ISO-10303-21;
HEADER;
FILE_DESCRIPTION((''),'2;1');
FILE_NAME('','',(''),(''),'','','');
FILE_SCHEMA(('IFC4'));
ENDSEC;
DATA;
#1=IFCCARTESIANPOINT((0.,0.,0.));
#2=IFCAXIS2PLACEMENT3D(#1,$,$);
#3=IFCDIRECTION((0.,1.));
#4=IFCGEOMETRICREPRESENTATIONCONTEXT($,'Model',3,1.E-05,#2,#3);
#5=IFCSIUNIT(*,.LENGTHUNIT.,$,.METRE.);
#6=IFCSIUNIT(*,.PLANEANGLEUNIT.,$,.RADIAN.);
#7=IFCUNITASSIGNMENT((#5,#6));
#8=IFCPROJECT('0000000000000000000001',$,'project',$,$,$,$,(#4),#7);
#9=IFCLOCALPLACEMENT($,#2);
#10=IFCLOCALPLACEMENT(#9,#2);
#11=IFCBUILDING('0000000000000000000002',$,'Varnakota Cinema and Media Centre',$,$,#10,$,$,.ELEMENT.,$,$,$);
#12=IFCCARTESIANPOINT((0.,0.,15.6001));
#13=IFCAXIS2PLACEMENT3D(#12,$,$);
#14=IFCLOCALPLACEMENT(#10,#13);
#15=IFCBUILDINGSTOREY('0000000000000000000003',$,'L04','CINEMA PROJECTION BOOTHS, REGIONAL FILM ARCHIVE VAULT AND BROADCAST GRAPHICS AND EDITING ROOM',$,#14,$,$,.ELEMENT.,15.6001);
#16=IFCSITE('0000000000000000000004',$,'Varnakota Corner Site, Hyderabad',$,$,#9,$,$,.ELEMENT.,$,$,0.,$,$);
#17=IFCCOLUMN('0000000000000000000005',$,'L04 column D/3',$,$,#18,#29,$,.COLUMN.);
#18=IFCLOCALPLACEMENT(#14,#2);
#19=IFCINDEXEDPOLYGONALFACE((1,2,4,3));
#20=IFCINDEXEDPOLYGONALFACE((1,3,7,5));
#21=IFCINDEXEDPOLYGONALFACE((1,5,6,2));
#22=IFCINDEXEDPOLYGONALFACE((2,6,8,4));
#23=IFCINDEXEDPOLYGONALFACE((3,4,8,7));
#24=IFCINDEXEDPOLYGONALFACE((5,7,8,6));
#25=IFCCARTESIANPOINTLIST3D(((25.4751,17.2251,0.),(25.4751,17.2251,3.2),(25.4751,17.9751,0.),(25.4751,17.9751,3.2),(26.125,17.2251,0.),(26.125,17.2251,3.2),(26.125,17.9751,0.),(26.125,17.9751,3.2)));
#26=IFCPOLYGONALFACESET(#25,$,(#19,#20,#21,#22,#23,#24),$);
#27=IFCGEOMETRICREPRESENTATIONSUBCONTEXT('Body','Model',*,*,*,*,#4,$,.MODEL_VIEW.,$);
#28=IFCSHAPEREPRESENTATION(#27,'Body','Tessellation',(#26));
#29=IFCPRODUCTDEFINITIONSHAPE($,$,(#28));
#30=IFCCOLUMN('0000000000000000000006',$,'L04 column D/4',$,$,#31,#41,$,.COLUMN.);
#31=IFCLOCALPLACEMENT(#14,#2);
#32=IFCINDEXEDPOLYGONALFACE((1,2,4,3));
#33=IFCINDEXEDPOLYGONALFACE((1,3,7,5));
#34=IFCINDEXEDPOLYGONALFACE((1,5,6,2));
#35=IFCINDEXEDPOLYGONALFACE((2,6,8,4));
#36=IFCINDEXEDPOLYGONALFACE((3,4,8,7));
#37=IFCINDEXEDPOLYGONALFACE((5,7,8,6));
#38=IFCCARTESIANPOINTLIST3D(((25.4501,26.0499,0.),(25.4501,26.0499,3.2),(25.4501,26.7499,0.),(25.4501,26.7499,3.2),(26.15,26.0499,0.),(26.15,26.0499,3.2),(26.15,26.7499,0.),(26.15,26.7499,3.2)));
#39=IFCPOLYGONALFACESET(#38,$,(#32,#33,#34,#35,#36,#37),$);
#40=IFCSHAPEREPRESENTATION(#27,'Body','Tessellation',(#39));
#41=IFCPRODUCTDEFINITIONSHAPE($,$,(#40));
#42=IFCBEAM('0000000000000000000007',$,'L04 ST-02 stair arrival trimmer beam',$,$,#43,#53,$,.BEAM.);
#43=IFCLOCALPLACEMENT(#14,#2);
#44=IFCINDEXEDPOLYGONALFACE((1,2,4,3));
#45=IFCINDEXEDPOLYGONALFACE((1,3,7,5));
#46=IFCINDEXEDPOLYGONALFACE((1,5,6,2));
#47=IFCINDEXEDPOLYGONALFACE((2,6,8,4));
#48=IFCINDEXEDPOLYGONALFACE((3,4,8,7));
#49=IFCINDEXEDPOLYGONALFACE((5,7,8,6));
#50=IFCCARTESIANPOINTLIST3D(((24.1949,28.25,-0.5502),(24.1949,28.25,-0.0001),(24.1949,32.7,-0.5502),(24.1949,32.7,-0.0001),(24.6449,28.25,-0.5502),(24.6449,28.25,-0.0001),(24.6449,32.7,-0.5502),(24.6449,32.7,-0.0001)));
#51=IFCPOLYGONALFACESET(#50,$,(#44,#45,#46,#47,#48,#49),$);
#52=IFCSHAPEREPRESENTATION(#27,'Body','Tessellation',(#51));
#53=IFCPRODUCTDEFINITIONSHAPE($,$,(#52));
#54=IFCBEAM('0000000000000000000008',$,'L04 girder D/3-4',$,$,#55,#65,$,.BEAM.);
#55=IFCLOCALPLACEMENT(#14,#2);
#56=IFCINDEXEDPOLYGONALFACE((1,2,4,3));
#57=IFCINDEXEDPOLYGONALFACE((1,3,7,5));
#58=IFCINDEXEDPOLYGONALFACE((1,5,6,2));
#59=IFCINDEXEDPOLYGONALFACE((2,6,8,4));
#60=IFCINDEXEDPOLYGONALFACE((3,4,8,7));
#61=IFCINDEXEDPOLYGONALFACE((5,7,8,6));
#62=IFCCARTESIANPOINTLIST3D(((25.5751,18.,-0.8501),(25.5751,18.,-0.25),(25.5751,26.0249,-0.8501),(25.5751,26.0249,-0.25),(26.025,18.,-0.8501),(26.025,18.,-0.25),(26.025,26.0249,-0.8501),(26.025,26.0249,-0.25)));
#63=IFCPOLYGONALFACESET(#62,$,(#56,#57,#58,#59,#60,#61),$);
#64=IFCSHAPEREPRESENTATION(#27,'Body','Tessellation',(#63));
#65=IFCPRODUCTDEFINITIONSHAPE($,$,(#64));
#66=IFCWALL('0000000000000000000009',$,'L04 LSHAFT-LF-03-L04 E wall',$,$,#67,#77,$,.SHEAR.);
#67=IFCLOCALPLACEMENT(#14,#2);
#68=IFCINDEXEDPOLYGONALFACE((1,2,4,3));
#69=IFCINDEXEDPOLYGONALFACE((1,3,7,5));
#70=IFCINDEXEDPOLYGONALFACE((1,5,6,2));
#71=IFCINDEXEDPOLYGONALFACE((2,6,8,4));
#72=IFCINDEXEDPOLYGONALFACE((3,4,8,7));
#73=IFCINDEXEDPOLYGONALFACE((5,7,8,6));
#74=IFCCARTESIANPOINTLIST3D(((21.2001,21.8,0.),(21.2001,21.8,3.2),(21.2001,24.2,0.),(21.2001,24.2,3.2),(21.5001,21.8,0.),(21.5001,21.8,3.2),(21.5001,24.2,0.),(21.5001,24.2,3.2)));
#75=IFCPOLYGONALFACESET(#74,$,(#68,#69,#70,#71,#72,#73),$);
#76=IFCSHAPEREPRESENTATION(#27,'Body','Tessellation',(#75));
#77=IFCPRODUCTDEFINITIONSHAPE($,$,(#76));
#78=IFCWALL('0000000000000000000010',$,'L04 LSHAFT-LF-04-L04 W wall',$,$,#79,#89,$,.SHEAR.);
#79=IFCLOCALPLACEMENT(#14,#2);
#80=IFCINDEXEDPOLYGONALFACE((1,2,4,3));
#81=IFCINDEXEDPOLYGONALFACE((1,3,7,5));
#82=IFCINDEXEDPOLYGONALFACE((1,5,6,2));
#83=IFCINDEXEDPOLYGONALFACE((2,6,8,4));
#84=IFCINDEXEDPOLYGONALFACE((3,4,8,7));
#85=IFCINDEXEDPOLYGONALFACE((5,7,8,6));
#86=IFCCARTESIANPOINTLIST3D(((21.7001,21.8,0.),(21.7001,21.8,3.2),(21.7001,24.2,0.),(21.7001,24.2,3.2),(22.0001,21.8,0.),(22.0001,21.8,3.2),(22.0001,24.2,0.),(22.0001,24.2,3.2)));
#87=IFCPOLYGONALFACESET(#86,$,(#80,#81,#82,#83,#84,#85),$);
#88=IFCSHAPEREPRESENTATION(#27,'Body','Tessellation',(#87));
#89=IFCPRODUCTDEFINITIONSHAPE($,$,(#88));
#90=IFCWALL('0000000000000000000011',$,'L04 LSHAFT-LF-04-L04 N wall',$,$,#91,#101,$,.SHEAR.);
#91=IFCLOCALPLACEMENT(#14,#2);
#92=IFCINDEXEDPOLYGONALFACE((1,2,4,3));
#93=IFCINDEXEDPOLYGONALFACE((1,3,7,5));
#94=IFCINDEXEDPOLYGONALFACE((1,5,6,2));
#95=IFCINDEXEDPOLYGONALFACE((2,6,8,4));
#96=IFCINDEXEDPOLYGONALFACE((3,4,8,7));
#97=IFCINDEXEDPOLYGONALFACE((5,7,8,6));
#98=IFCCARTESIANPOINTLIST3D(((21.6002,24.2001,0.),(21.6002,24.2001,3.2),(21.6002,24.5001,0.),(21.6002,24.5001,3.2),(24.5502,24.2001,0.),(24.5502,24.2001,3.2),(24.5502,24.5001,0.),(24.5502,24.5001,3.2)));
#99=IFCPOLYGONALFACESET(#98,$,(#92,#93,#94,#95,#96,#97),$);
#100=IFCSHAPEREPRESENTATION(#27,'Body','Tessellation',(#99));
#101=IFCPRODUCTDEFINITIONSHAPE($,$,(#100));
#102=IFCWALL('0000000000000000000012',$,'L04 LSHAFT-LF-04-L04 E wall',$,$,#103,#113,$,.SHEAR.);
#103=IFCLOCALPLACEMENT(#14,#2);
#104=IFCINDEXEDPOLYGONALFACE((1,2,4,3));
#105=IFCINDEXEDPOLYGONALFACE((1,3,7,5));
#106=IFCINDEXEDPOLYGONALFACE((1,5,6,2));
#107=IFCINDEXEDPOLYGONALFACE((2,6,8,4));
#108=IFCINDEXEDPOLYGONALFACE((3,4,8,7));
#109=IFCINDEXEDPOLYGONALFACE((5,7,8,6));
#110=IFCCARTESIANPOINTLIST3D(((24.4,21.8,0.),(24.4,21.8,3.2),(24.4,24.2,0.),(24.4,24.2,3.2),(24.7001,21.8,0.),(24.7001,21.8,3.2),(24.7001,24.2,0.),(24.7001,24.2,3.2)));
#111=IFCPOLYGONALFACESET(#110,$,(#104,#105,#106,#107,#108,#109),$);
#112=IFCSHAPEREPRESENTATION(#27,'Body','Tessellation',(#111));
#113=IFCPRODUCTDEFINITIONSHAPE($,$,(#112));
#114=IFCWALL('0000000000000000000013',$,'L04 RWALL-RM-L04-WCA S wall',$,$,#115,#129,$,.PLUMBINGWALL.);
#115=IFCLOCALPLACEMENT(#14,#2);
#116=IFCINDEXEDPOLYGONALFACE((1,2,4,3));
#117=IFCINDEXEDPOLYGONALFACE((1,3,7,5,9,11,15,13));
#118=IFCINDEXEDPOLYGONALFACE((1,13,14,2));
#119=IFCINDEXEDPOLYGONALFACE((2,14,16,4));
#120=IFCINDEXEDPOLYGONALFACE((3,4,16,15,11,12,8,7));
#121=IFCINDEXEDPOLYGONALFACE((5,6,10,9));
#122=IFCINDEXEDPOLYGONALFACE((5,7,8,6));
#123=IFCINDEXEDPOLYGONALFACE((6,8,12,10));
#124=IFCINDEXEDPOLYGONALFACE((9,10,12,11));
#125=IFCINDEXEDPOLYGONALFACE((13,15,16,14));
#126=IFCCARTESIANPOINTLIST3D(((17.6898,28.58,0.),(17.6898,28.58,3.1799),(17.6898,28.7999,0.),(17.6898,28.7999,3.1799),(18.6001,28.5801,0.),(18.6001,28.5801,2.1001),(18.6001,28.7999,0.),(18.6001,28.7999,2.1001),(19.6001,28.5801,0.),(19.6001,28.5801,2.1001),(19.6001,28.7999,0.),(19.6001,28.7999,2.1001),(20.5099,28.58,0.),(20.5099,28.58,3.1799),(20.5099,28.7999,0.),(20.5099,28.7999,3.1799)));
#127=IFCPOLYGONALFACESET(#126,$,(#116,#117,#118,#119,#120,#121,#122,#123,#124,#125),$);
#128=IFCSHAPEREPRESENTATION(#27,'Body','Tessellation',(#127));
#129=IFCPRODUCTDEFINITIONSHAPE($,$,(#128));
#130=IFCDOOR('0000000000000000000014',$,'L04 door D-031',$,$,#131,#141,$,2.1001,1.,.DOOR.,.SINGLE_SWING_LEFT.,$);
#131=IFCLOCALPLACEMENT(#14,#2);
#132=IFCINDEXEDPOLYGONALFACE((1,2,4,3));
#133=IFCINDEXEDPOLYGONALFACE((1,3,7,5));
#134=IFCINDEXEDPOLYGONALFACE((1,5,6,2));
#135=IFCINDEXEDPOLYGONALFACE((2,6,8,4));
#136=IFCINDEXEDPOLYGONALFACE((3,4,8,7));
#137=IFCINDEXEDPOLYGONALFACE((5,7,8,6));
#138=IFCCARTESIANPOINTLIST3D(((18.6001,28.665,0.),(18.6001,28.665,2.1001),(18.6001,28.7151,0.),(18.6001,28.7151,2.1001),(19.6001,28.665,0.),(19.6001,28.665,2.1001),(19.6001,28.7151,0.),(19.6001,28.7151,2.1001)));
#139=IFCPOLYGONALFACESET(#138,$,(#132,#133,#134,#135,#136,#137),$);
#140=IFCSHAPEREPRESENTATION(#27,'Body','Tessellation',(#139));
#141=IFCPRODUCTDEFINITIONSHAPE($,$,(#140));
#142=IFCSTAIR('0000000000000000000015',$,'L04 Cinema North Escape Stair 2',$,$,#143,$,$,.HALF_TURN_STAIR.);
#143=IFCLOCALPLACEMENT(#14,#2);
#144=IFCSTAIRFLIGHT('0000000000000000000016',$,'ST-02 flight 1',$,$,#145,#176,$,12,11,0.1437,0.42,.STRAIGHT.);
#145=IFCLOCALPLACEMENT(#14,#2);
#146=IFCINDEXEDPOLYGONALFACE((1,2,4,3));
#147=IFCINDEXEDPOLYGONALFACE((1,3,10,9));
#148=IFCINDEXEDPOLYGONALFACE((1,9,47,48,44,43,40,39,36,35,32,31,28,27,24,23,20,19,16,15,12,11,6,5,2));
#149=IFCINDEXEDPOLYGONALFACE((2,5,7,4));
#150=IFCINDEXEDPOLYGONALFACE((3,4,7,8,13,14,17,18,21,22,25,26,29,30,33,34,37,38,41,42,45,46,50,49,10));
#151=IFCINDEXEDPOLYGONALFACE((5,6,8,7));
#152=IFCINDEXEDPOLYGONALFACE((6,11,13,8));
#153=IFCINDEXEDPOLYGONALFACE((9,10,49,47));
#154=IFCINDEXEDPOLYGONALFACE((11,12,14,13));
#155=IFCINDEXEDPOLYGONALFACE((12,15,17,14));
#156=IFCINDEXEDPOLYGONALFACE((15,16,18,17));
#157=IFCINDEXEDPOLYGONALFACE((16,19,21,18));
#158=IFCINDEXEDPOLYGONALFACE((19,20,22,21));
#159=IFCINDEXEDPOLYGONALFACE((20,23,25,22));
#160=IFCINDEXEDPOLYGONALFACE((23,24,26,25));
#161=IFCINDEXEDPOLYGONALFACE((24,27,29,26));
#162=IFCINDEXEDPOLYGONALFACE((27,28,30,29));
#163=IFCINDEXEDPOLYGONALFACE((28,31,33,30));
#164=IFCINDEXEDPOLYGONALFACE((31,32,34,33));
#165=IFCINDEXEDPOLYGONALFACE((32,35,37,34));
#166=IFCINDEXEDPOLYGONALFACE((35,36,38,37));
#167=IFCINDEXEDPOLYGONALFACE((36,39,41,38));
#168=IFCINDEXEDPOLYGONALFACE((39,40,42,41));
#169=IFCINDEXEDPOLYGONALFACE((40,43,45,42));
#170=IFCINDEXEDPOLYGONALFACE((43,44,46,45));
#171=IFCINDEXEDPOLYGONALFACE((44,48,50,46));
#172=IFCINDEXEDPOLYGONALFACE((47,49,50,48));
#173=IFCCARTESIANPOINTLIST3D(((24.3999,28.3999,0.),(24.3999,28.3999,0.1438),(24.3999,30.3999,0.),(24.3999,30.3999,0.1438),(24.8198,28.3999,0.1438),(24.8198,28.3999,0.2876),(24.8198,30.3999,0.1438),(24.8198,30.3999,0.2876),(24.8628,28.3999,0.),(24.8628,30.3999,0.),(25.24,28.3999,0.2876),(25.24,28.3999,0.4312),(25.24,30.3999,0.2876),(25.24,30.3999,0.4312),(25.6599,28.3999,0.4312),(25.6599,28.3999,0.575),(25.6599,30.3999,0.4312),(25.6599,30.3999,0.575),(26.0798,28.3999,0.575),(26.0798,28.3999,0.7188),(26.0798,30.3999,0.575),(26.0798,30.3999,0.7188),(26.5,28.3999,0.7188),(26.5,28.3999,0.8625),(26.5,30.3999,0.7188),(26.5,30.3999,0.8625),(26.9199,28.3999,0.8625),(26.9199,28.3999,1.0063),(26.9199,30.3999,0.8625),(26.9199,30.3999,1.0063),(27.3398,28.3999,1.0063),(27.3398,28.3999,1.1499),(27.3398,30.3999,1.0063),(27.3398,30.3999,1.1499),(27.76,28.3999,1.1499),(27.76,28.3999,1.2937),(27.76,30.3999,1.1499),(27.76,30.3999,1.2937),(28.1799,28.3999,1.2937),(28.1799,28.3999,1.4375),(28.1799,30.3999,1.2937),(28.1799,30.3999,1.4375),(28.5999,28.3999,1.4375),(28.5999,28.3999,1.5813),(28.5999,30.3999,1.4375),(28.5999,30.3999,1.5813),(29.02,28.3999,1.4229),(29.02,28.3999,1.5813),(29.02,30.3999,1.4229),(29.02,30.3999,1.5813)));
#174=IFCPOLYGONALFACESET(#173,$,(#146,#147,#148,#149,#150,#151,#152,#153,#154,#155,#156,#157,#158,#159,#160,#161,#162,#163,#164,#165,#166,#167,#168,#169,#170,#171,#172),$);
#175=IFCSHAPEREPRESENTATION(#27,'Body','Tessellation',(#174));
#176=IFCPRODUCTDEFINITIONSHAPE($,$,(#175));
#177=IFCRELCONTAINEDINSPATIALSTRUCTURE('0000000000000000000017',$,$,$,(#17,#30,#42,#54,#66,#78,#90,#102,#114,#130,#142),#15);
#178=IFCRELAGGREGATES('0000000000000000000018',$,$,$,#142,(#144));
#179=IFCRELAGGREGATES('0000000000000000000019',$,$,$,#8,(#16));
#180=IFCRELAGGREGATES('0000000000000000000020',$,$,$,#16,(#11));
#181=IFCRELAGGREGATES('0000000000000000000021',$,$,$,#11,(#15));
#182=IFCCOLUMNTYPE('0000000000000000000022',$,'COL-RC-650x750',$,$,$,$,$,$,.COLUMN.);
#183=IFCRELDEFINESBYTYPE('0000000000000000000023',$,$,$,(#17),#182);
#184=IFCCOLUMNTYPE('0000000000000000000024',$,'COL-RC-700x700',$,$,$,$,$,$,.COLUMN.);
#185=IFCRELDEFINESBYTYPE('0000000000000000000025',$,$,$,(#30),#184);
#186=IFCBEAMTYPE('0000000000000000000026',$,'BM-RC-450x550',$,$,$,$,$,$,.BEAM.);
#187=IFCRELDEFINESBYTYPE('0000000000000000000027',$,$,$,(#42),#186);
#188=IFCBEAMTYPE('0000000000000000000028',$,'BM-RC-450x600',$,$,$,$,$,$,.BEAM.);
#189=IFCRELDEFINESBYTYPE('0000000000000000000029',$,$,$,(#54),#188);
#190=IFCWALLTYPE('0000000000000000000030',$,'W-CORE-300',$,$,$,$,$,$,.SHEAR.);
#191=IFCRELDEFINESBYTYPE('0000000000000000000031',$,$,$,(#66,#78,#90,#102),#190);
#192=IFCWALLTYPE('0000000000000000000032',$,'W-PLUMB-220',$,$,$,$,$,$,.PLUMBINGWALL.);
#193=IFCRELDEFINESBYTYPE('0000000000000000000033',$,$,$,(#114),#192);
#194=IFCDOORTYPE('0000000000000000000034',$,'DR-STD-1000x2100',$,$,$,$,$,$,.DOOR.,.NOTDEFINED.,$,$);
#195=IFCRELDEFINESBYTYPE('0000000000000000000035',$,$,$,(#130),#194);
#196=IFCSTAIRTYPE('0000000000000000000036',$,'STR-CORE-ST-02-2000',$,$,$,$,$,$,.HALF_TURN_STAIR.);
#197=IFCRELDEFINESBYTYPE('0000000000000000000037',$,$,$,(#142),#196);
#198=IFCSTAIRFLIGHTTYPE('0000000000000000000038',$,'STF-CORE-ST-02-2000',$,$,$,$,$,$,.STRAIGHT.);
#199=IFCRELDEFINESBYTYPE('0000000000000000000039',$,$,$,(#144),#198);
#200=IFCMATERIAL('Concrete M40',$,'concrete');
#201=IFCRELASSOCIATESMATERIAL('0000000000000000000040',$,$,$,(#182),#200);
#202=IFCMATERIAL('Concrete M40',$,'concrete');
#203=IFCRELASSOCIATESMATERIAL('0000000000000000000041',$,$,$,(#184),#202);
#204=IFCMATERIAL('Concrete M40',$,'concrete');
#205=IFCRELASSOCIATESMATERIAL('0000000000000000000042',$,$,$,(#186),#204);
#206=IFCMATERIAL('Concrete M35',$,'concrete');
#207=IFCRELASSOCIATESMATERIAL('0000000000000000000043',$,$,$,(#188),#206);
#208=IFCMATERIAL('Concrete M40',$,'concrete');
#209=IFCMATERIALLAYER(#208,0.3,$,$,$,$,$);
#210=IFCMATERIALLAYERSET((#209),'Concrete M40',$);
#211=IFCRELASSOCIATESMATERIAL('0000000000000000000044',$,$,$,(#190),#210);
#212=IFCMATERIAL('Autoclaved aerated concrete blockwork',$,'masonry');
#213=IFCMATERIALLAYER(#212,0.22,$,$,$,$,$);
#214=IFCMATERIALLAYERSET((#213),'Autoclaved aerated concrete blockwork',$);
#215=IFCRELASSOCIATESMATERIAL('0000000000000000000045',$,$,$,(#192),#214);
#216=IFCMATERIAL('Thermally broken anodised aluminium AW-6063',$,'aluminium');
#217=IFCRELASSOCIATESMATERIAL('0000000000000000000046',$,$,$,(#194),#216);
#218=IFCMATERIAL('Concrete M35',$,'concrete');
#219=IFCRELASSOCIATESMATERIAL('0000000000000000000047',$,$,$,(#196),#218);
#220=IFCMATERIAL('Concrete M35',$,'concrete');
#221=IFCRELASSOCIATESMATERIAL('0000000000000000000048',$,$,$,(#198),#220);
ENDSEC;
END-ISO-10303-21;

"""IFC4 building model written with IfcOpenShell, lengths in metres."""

from ifc_helpers import new_model, si_unit, direction, frame, frame_2d, origin, origin_2d, place, context, subcontext, project, spatial, polyline, rectangle, outline, extrude, material, layer, layer_set, material_profile, profile_set, type_object, element, fill, aggregate, save


model = new_model("IFC4")

# Units and contexts
model_context = context("Model", 3, precision=1e-05, world=origin(), true_north=direction((0.0, 1.0)))
body_context = subcontext(model_context, "Body", "Model", "MODEL_VIEW")
ifc_project = project(units=[si_unit("LENGTHUNIT", "METRE"), si_unit("PLANEANGLEUNIT", "RADIAN")], contexts=[model_context])

# Site, building, storey
site_placement = place(None, origin())
site = spatial("IfcSite", under=ifc_project, at=site_placement, Name="Varnakota Corner Site, Hyderabad", CompositionType="ELEMENT", RefElevation=0.0)
building_placement = place(site_placement, origin())
building = spatial("IfcBuilding", under=site, at=building_placement, Name="Varnakota Cinema and Media Centre", CompositionType="ELEMENT")
storey_placement = place(building_placement, frame((0.0, 0.0, 15.6001)))
storey = spatial("IfcBuildingStorey", under=building, at=storey_placement, Name="L04", Description="CINEMA PROJECTION BOOTHS, REGIONAL FILM ARCHIVE VAULT AND BROADCAST GRAPHICS AND EDITING ROOM", CompositionType="ELEMENT", Elevation=15.6001)

# Columns
ifc_material_1 = material(Name="Concrete M40", Category="concrete")
ifc_material_profile_1 = material_profile(ifc_material_1, rectangle(XDim=0.6499, YDim=0.75, at=origin_2d()), Name="RC 650x750")
ifc_profile_set_1 = profile_set([ifc_material_profile_1], Name="Concrete M40")
column_type_1 = type_object("IfcColumnType", Name="COL-RC-650x750", PredefinedType="COLUMN", material=ifc_profile_set_1)
column_1_placement = place(storey_placement, frame((25.8, 17.6001, 0.0), z_axis=(0.0, 0.0, 1.0), x_axis=(1.0, 0.0, 0.0)))
element("IfcColumn", 1, at=column_1_placement, inside=storey, type_object=column_type_1, Name="L04 column D/3", PredefinedType="COLUMN", context=body_context, shape_type="SweptSolid", body=[
    extrude(rectangle(XDim=0.6499, YDim=0.75, at=origin_2d()), origin(), (0.0, 0.0, 1.0), 3.2),
])
ifc_material_2 = material(Name="Concrete M40", Category="concrete")
ifc_material_profile_2 = material_profile(ifc_material_2, rectangle(XDim=0.7, YDim=0.7, at=origin_2d()), Name="RC 700x700")
ifc_profile_set_2 = profile_set([ifc_material_profile_2], Name="Concrete M40")
column_type_2 = type_object("IfcColumnType", Name="COL-RC-700x700", PredefinedType="COLUMN", material=ifc_profile_set_2)
column_2_placement = place(storey_placement, frame((25.8, 26.3999, 0.0), z_axis=(0.0, 0.0, 1.0), x_axis=(1.0, 0.0, 0.0)))
element("IfcColumn", 2, at=column_2_placement, inside=storey, type_object=column_type_2, Name="L04 column D/4", PredefinedType="COLUMN", context=body_context, shape_type="SweptSolid", body=[
    extrude(rectangle(XDim=0.7, YDim=0.7, at=origin_2d()), origin(), (0.0, 0.0, 1.0), 3.2),
])

# Beams
ifc_material_3 = material(Name="Concrete M40", Category="concrete")
ifc_material_profile_3 = material_profile(ifc_material_3, rectangle(XDim=0.45, YDim=0.55, at=origin_2d()), Name="RCB 450x550")
ifc_profile_set_3 = profile_set([ifc_material_profile_3], Name="Concrete M40")
beam_type_1 = type_object("IfcBeamType", Name="BM-RC-450x550", PredefinedType="BEAM", material=ifc_profile_set_3)
beam_1_placement = place(storey_placement, frame((24.4199, 28.25, -0.2751), z_axis=(0.0, 1.0, 0.0), x_axis=(-1.0, 0.0, 0.0)))
element("IfcBeam", 3, at=beam_1_placement, inside=storey, type_object=beam_type_1, Name="L04 ST-02 stair arrival trimmer beam", PredefinedType="BEAM", context=body_context, shape_type="SweptSolid", body=[
    extrude(rectangle(XDim=0.45, YDim=0.55, at=origin_2d()), origin(), (0.0, 0.0, 1.0), 4.45),
])
ifc_material_4 = material(Name="Concrete M35", Category="concrete")
ifc_material_profile_4 = material_profile(ifc_material_4, rectangle(XDim=0.45, YDim=0.6001, at=origin_2d()), Name="RCB 450x600")
ifc_profile_set_4 = profile_set([ifc_material_profile_4], Name="Concrete M35")
beam_type_2 = type_object("IfcBeamType", Name="BM-RC-450x600", PredefinedType="BEAM", material=ifc_profile_set_4)
beam_2_placement = place(storey_placement, frame((25.8, 18.0, -0.55), z_axis=(0.0, 1.0, 0.0), x_axis=(-1.0, 0.0, 0.0)))
element("IfcBeam", 4, at=beam_2_placement, inside=storey, type_object=beam_type_2, Name="L04 girder D/3-4", PredefinedType="BEAM", context=body_context, shape_type="SweptSolid", body=[
    extrude(rectangle(XDim=0.45, YDim=0.6001, at=origin_2d()), origin(), (0.0, 0.0, 1.0), 8.0249),
])

# Shared definitions
ifc_material_5 = material(Name="Concrete M40", Category="concrete")
ifc_layer_1 = layer(ifc_material_5, 0.3)
ifc_layer_set_1 = layer_set([ifc_layer_1], Name="Concrete M40")
wall_type_1 = type_object("IfcWallType", Name="W-CORE-300", PredefinedType="SHEAR", material=ifc_layer_set_1)

# Wall
wall_1_placement = place(storey_placement, frame((21.3501, 24.2, 0.0), z_axis=(0.0, 0.0, 1.0), x_axis=(0.0, -1.0, 0.0)))
element("IfcWall", 5, at=wall_1_placement, inside=storey, type_object=wall_type_1, Name="L04 LSHAFT-LF-03-L04 E wall", PredefinedType="SHEAR", context=body_context, shape_type="SweptSolid", body=[
    extrude(rectangle(XDim=2.3999, YDim=0.3, at=frame_2d((1.2, 0.0))), origin(), (0.0, 0.0, 1.0), 3.2),
])

# Walls
wall_2_placement = place(storey_placement, frame((21.8501, 21.8, 0.0), z_axis=(0.0, 0.0, 1.0), x_axis=(0.0, 1.0, 0.0)))
element("IfcWall", 6, at=wall_2_placement, inside=storey, type_object=wall_type_1, Name="L04 LSHAFT-LF-04-L04 W wall", PredefinedType="SHEAR", context=body_context, shape_type="SweptSolid", body=[
    extrude(rectangle(XDim=2.3999, YDim=0.3, at=frame_2d((1.2, 0.0))), origin(), (0.0, 0.0, 1.0), 3.2),
])
wall_3_placement = place(storey_placement, frame((21.6001, 24.3501, 0.0), z_axis=(0.0, 0.0, 1.0), x_axis=(1.0, 0.0, 0.0)))
element("IfcWall", 7, at=wall_3_placement, inside=storey, type_object=wall_type_1, Name="L04 LSHAFT-LF-04-L04 N wall", PredefinedType="SHEAR", context=body_context, shape_type="SweptSolid", body=[
    extrude(rectangle(XDim=2.95, YDim=0.3, at=frame_2d((1.4751, 0.0))), origin(), (0.0, 0.0, 1.0), 3.2),
])
wall_4_placement = place(storey_placement, frame((24.55, 24.2, 0.0), z_axis=(0.0, 0.0, 1.0), x_axis=(0.0, -1.0, 0.0)))
element("IfcWall", 8, at=wall_4_placement, inside=storey, type_object=wall_type_1, Name="L04 LSHAFT-LF-04-L04 E wall", PredefinedType="SHEAR", context=body_context, shape_type="SweptSolid", body=[
    extrude(rectangle(XDim=2.3999, YDim=0.3, at=frame_2d((1.2, 0.0))), origin(), (0.0, 0.0, 1.0), 3.2),
])

# Wall, opening, door
ifc_material_6 = material(Name="Autoclaved aerated concrete blockwork", Category="masonry")
ifc_layer_2 = layer(ifc_material_6, 0.22)
ifc_layer_set_2 = layer_set([ifc_layer_2], Name="Autoclaved aerated concrete blockwork")
wall_type_2 = type_object("IfcWallType", Name="W-PLUMB-220", PredefinedType="PLUMBINGWALL", material=ifc_layer_set_2)
wall_5_placement = place(storey_placement, frame((20.51, 28.6899, 0.0), z_axis=(0.0, 0.0, 1.0), x_axis=(-1.0, 0.0, 0.0)))
wall_5 = element("IfcWall", 9, at=wall_5_placement, inside=storey, type_object=wall_type_2, Name="L04 RWALL-RM-L04-WCA S wall", PredefinedType="PLUMBINGWALL", context=body_context, shape_type="SweptSolid", body=[
    extrude(rectangle(XDim=2.8201, YDim=0.22, at=frame_2d((1.4102, 0.0))), origin(), (0.0, 0.0, 1.0), 3.1799),
])
opening_1_placement = place(wall_5_placement, frame((0.9099, 0.0, 0.0)))
opening_1 = element("IfcOpeningElement", 10, at=opening_1_placement, cuts=wall_5, PredefinedType="OPENING", context=body_context, shape_type="SweptSolid", body=[
    extrude(rectangle(XDim=1.0, YDim=2.1001, at=frame_2d((0.5, 1.05))), frame((0.0, 0.1099, 0.0), z_axis=(0.0, -1.0, 0.0), x_axis=(1.0, 0.0, 0.0)), (0.0, 0.0, 1.0), 0.22),
])
ifc_material_7 = material(Name="Thermally broken anodised aluminium AW-6063", Category="aluminium")
door_type_1 = type_object("IfcDoorType", Name="DR-STD-1000x2100", OperationType="NOTDEFINED", PredefinedType="DOOR", material=ifc_material_7)
door_1_placement = place(opening_1_placement, origin())
door_1 = element("IfcDoor", 11, at=door_1_placement, inside=storey, type_object=door_type_1, Name="L04 door D-031", OperationType="SINGLE_SWING_LEFT", OverallHeight=2.1001, OverallWidth=1.0, PredefinedType="DOOR", context=body_context, shape_type="SweptSolid", body=[
    extrude(rectangle(XDim=1.0, YDim=2.1001, at=frame_2d((0.5, 1.05))), frame((0.0, 0.0249, 0.0), z_axis=(0.0, -1.0, 0.0), x_axis=(1.0, 0.0, 0.0)), (0.0, 0.0, 1.0), 0.05),
])
fill(opening_1, door_1)

# Stair, stair flight
ifc_material_8 = material(Name="Concrete M35", Category="concrete")
stair_type = type_object("IfcStairType", Name="STR-CORE-ST-02-2000", PredefinedType="HALF_TURN_STAIR", material=ifc_material_8)
stair_placement = place(storey_placement, origin())
stair = element("IfcStair", 12, at=stair_placement, inside=storey, type_object=stair_type, Name="L04 Cinema North Escape Stair 2", PredefinedType="HALF_TURN_STAIR")
ifc_material_9 = material(Name="Concrete M35", Category="concrete")
stair_flight_type = type_object("IfcStairFlightType", Name="STF-CORE-ST-02-2000", PredefinedType="STRAIGHT", material=ifc_material_9)
stair_flight_placement = place(storey_placement, frame((24.3999, 29.3999, 0.0), z_axis=(0.0, 0.0, 1.0), x_axis=(1.0, 0.0, 0.0)))
stair_flight = element("IfcStairFlight", 13, at=stair_flight_placement, type_object=stair_flight_type, Name="ST-02 flight 1", NumberOfRisers=12, NumberOfTreads=11, PredefinedType="STRAIGHT", RiserHeight=0.1437, TreadLength=0.42, context=body_context, shape_type="SweptSolid", body=[
    extrude(outline(polyline([(0.0, 0.0), (0.0, 0.1438), (0.4199, 0.1438), (0.4199, 0.2876), (0.8401, 0.2876), (0.8401, 0.4312), (1.26, 0.4312), (1.26, 0.575), (1.6799, 0.575), (1.6799, 0.7188), (2.1001, 0.7188), (2.1001, 0.8625), (2.52, 0.8625), (2.52, 1.0063), (2.9399, 1.0063), (2.9399, 1.1499), (3.3601, 1.1499), (3.3601, 1.2937), (3.78, 1.2937), (3.78, 1.4375), (4.2, 1.4375), (4.2, 1.5813), (4.6201, 1.5813), (4.6201, 1.7251), (4.6201, 1.4229), (0.4629, 0.0), (0.0, 0.0)])), frame((0.0, 1.0, 0.0), z_axis=(0.0, -1.0, 0.0), x_axis=(1.0, 0.0, 0.0)), (0.0, 0.0, 1.0), 2.0),
])
aggregate(stair, [stair_flight])

save(model, "model.ifc")
